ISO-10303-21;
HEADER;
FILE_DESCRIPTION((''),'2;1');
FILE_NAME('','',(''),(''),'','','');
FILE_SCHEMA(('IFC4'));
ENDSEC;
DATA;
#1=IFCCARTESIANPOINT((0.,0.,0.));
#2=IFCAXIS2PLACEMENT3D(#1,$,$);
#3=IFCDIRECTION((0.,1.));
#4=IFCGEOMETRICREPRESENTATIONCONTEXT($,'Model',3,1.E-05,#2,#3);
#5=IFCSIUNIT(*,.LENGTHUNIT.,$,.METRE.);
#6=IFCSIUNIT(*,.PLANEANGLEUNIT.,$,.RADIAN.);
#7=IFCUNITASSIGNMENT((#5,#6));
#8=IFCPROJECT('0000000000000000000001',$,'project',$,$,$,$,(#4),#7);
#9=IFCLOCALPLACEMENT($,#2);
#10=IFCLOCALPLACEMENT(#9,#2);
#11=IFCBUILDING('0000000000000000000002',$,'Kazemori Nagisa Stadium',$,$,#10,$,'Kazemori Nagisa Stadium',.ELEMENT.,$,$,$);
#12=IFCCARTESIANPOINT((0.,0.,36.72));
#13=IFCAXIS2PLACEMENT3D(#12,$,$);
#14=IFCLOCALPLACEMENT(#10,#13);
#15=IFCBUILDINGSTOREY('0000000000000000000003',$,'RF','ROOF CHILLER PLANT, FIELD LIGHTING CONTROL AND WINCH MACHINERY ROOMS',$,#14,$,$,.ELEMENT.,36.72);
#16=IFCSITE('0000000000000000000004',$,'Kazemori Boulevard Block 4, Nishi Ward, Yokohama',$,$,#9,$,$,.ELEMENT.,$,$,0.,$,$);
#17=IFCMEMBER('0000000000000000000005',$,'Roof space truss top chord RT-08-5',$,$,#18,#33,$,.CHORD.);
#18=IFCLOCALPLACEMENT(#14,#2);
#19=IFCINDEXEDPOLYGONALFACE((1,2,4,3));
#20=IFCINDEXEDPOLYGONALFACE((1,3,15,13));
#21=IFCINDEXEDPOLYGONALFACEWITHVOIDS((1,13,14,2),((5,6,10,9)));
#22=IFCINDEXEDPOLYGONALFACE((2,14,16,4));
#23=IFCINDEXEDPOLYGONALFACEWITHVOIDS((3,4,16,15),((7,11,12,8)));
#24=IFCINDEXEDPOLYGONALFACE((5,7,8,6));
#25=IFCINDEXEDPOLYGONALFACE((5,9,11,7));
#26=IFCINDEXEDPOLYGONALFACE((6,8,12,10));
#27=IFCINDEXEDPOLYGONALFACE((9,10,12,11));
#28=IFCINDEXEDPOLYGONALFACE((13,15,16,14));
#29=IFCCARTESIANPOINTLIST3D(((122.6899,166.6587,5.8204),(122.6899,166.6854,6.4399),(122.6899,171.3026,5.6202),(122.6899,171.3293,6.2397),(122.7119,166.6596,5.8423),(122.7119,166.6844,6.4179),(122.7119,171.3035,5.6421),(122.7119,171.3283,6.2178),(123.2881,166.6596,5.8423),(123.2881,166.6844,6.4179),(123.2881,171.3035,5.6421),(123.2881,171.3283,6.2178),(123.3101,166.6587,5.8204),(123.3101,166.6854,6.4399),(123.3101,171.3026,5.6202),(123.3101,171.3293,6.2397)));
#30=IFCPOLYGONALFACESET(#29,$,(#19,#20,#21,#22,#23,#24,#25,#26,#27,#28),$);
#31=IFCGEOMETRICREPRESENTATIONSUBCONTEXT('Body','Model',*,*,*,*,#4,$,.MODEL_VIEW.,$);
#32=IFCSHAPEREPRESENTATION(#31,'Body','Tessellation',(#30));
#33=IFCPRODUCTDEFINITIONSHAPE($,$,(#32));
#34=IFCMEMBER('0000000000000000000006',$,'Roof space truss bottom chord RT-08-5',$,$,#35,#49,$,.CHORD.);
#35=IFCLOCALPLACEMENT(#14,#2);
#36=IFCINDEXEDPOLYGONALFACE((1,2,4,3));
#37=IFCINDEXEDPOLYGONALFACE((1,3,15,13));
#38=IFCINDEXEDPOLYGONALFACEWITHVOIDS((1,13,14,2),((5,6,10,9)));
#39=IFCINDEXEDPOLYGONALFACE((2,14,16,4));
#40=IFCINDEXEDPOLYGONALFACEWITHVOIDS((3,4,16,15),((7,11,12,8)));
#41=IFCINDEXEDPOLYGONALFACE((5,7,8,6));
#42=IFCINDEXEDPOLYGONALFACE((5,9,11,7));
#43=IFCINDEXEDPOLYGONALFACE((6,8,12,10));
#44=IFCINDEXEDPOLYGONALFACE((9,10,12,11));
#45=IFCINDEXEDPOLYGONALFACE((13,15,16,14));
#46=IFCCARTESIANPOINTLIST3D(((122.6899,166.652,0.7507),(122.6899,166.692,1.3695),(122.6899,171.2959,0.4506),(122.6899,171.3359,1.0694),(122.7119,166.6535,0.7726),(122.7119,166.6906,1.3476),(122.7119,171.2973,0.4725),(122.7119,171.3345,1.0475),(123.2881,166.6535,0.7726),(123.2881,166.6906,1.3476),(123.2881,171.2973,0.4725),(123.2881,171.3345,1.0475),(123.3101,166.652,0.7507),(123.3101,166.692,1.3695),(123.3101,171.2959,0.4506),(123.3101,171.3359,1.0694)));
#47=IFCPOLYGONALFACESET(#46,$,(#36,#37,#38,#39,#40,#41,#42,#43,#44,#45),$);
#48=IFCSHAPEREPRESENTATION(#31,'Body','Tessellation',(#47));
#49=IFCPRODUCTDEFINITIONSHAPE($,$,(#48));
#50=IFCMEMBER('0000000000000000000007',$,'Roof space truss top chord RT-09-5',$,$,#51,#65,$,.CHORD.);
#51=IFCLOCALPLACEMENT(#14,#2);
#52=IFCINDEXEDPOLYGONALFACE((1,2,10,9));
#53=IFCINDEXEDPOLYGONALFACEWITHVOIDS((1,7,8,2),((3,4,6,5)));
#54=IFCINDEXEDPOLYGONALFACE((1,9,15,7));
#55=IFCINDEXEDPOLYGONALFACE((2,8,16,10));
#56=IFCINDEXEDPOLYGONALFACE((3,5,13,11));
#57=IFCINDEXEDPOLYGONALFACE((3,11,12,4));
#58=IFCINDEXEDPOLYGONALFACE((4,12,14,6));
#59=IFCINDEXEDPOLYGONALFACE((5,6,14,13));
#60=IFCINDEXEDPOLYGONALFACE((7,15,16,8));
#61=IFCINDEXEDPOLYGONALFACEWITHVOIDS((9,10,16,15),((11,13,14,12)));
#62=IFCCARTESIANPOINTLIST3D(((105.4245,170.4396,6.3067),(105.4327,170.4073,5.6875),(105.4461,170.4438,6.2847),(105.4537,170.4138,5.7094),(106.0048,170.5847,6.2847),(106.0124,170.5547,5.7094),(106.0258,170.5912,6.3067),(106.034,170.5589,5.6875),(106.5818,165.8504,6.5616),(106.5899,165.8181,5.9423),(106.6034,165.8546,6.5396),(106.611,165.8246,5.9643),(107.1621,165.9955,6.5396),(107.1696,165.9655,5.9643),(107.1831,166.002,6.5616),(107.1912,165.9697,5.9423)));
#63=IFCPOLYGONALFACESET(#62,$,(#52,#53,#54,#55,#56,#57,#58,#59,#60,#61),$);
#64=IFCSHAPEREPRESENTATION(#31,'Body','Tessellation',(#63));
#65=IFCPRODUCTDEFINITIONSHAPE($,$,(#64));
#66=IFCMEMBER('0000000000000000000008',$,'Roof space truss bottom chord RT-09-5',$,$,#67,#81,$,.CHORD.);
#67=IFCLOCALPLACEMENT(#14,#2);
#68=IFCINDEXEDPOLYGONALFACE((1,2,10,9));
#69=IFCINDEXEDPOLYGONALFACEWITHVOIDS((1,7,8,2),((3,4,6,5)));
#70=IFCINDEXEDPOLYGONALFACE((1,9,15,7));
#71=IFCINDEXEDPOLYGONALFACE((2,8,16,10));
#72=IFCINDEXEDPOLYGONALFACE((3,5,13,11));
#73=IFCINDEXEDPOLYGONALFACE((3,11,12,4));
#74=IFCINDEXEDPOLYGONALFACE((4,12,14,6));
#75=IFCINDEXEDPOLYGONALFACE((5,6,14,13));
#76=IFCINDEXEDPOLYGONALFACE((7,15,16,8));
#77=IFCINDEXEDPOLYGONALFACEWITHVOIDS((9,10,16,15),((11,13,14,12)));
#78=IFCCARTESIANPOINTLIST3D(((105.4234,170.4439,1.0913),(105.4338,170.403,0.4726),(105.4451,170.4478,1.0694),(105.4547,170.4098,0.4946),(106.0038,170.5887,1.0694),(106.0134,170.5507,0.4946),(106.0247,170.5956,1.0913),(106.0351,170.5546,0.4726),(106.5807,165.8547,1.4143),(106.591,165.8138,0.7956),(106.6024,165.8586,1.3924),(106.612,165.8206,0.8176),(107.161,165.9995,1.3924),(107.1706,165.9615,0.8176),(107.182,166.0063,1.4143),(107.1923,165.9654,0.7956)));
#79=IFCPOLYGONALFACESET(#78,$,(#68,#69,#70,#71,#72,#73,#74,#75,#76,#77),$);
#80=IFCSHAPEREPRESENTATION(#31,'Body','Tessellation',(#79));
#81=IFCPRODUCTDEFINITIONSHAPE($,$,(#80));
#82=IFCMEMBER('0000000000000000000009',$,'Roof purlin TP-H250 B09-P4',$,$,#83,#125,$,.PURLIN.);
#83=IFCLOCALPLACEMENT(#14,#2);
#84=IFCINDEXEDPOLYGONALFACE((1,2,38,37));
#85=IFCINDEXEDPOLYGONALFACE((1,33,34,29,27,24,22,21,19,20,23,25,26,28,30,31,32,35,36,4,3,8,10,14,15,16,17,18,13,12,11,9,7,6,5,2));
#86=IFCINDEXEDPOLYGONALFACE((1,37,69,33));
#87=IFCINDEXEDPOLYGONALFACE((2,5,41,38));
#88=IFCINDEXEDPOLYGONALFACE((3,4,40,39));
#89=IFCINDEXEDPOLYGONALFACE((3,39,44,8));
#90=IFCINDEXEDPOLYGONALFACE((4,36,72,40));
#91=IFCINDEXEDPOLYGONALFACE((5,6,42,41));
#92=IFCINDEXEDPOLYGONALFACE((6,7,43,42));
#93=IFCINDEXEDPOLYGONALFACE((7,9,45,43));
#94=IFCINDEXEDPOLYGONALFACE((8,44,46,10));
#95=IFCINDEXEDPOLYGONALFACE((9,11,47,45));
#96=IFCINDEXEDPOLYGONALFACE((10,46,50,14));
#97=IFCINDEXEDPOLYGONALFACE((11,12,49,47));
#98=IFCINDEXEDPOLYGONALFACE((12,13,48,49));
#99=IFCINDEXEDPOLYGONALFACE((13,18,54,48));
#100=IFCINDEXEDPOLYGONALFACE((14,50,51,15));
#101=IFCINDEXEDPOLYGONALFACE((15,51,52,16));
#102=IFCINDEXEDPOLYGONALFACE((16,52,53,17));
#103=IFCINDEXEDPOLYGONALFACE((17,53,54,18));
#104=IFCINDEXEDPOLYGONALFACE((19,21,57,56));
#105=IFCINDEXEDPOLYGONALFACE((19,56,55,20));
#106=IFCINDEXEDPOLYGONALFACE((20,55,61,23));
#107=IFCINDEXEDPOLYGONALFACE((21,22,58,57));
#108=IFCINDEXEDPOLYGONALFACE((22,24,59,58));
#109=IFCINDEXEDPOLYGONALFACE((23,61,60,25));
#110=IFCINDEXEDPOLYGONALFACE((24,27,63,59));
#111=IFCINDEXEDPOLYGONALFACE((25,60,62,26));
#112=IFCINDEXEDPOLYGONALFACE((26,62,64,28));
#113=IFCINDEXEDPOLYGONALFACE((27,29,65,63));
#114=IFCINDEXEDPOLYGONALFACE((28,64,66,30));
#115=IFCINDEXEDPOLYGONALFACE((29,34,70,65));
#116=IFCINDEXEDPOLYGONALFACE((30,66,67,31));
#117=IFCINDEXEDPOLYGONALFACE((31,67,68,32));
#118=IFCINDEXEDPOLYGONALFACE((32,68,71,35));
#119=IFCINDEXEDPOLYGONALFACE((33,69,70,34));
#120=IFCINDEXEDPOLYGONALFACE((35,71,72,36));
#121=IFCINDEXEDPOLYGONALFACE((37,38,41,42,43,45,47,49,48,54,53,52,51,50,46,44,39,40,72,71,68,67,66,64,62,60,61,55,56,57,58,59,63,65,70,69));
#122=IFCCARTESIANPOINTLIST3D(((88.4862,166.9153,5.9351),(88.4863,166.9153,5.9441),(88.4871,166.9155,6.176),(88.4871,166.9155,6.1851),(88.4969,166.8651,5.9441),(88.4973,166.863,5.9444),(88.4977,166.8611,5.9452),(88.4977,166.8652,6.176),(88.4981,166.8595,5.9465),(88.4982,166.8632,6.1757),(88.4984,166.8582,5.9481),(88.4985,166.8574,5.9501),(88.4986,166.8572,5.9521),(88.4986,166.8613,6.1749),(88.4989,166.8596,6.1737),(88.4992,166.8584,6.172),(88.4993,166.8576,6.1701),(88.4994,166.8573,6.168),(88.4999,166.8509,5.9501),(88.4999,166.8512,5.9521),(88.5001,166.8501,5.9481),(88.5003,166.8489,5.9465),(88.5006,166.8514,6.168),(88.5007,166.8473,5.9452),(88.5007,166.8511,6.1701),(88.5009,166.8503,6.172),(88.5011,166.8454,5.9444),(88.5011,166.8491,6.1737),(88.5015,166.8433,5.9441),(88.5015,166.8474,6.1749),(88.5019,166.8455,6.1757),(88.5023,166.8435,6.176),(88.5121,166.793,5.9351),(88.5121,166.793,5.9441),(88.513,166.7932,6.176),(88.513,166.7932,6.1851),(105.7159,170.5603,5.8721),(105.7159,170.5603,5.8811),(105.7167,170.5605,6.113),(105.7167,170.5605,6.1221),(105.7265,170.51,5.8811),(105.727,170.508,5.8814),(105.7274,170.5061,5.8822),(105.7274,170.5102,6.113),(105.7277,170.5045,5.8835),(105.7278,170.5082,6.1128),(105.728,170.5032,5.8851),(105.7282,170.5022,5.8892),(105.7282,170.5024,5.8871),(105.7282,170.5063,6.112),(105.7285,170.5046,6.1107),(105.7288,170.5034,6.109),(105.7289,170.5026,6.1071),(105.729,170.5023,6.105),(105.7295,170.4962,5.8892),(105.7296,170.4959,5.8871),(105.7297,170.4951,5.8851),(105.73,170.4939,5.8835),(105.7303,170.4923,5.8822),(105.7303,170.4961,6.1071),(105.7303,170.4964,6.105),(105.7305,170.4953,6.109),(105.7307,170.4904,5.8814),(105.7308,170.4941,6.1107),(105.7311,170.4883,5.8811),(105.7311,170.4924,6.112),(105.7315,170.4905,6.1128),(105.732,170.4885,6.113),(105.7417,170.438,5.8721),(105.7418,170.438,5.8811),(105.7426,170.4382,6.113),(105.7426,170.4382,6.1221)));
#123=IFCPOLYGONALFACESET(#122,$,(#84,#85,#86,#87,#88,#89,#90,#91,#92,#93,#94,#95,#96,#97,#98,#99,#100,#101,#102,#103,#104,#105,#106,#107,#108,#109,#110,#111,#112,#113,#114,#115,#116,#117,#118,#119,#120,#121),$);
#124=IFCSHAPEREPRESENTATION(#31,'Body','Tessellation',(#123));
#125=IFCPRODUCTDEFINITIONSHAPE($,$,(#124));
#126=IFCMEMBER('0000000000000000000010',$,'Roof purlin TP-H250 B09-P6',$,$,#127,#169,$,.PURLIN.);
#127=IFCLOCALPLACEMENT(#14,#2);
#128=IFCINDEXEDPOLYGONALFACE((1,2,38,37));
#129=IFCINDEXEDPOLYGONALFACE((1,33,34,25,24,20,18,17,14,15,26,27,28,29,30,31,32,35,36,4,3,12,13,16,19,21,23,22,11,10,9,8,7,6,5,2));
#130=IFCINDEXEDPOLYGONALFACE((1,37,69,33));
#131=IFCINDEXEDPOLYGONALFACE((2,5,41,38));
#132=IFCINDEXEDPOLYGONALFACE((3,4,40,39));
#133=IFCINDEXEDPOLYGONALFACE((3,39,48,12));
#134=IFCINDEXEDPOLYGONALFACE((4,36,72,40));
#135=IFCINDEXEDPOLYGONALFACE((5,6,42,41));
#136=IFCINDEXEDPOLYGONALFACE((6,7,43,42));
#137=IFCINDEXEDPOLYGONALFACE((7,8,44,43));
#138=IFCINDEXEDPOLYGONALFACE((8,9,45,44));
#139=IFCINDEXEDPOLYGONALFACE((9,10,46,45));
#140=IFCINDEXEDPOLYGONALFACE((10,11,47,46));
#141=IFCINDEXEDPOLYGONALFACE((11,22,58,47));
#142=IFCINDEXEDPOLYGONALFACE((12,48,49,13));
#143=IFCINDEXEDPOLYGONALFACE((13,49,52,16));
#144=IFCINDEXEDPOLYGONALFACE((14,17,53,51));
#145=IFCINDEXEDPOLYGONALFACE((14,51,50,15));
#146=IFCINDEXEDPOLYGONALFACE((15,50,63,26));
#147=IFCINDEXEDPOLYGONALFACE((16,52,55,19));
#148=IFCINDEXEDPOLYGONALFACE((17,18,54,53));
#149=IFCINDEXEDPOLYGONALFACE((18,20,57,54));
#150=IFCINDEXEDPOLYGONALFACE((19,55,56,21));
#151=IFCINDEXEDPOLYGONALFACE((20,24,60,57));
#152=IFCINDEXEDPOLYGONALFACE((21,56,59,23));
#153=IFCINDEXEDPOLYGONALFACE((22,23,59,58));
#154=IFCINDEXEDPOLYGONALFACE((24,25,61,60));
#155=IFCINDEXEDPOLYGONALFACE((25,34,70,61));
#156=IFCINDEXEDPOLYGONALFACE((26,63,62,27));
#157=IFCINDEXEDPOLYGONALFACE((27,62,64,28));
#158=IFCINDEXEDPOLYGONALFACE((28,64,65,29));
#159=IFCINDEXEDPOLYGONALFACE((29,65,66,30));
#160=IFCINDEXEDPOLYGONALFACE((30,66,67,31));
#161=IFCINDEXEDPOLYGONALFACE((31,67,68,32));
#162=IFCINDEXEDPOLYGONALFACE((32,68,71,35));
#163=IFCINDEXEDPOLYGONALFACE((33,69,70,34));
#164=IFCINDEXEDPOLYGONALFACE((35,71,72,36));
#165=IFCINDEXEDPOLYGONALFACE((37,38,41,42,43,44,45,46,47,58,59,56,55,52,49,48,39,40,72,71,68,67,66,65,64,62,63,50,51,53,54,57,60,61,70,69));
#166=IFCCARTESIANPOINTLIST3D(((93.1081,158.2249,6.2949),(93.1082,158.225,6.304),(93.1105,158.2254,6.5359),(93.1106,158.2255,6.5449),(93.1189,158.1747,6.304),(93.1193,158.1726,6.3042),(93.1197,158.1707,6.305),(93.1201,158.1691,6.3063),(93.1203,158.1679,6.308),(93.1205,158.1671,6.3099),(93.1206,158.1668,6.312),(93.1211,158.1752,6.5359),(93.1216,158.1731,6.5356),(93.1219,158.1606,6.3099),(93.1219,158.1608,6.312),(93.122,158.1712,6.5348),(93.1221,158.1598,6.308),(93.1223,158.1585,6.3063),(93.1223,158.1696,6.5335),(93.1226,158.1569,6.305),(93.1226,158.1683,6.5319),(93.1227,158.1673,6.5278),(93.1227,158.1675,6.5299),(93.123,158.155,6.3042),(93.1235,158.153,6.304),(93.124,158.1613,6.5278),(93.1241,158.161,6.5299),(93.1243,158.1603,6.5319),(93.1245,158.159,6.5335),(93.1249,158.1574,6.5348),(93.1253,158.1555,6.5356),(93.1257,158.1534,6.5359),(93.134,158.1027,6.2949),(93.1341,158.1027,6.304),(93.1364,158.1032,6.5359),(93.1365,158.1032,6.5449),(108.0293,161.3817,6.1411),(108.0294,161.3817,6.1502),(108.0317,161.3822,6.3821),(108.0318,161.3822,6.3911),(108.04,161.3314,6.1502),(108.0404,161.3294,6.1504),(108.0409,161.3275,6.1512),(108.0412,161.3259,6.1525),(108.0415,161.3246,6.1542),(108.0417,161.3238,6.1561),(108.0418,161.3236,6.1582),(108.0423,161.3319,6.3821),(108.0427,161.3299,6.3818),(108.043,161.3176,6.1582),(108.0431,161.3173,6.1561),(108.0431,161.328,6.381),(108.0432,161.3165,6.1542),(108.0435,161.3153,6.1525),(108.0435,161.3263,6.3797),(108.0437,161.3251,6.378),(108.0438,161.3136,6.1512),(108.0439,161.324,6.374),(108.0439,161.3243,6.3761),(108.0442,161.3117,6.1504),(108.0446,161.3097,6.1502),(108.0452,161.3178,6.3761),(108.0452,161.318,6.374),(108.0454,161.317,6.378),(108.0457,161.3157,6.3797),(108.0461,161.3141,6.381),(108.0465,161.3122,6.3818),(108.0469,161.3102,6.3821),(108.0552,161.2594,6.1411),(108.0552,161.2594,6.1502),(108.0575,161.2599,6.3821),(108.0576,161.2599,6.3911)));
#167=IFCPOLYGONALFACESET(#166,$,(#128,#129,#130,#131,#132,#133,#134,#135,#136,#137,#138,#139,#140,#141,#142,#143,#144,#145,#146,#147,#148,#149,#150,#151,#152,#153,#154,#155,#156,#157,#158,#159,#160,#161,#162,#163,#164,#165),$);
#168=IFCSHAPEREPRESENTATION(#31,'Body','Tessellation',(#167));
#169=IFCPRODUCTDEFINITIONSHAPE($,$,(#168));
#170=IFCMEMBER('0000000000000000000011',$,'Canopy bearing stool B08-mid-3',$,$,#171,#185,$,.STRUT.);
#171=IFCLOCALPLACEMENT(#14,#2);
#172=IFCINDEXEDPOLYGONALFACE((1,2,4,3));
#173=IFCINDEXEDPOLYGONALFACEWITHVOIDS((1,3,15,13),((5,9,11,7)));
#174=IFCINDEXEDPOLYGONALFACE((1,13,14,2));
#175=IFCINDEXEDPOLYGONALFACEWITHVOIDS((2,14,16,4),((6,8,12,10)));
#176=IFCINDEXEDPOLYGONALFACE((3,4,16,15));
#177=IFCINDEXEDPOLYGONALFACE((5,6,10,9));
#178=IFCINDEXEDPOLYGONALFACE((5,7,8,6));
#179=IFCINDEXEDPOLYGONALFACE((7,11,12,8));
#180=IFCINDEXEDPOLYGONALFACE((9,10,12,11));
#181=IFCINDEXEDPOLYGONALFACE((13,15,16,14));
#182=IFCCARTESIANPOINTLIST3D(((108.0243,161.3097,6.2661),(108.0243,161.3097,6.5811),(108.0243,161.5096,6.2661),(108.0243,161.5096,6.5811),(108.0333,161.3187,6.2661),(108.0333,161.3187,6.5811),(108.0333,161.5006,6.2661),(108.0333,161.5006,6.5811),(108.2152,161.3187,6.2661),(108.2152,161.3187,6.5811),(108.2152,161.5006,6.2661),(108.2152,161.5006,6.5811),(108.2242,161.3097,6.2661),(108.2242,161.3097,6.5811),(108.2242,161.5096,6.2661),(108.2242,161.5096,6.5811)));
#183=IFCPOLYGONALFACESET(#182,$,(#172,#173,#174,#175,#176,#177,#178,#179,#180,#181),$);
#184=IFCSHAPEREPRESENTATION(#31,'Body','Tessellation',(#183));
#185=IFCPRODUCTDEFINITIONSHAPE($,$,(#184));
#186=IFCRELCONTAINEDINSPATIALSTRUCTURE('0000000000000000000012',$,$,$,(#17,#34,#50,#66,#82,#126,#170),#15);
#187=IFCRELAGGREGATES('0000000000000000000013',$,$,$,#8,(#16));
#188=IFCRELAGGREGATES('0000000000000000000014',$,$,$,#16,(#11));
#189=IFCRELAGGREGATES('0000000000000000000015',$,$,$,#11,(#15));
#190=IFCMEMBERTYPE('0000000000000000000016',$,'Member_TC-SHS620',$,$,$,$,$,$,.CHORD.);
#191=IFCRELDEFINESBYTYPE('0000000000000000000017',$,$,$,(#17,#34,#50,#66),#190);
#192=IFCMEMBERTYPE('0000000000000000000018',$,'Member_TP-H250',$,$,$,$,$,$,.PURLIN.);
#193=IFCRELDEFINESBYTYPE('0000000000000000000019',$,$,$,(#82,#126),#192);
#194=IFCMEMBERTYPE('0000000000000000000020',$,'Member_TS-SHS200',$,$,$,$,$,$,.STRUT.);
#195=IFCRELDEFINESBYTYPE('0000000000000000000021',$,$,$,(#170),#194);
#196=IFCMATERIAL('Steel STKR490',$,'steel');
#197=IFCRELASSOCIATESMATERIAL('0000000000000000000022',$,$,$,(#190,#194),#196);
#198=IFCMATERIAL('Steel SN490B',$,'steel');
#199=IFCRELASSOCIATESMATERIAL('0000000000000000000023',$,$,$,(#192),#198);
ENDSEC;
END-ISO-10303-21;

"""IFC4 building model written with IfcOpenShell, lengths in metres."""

from ifc_helpers import new_model, si_unit, direction, frame, origin, origin_2d, place, context, subcontext, project, spatial, hollow_rectangle, i_section, extrude, material, material_profile, profile_set, type_object, element, save


model = new_model("IFC4")

# Units and contexts
model_context = context("Model", 3, precision=1e-05, world=origin(), true_north=direction((0.0, 1.0)))
body_context = subcontext(model_context, "Body", "Model", "MODEL_VIEW")
ifc_project = project(units=[si_unit("LENGTHUNIT", "METRE"), si_unit("PLANEANGLEUNIT", "RADIAN")], contexts=[model_context])

# Site, building, storey
site_placement = place(None, origin())
site = spatial("IfcSite", under=ifc_project, at=site_placement, Name="Kazemori Boulevard Block 4, Nishi Ward, Yokohama", CompositionType="ELEMENT", RefElevation=0.0)
building_placement = place(site_placement, origin())
building = spatial("IfcBuilding", under=site, at=building_placement, Name="Kazemori Nagisa Stadium", LongName="Kazemori Nagisa Stadium", CompositionType="ELEMENT")
storey_placement = place(building_placement, frame((0.0, 0.0, 36.72)))
storey = spatial("IfcBuildingStorey", under=building, at=storey_placement, Name="RF", Description="ROOF CHILLER PLANT, FIELD LIGHTING CONTROL AND WINCH MACHINERY ROOMS", CompositionType="ELEMENT", Elevation=36.72)

# Shared definitions
ifc_material_1 = material(Name="Steel SN490B", Category="steel")

# Members
ifc_material_2 = material(Name="Steel STKR490", Category="steel")
ifc_material_profile_1 = material_profile(ifc_material_2, hollow_rectangle(XDim=0.6201, YDim=0.6201, WallThickness=0.022, at=origin_2d()), Name="SHS-620x620x22")
ifc_profile_set_1 = profile_set([ifc_material_profile_1], Name="Steel STKR490")
member_type_1 = type_object("IfcMemberType", Name="Member_TC-SHS620", PredefinedType="CHORD", material=ifc_profile_set_1)
member_1_placement = place(storey_placement, frame((123.0, 171.3159, 5.9299), z_axis=(0.0, -0.999072, 0.04307), x_axis=(1.0, 0.0, 0.0)))
element("IfcMember", 1, at=member_1_placement, inside=storey, type_object=member_type_1, Name="Roof space truss top chord RT-08-5", PredefinedType="CHORD", context=body_context, shape_type="SweptSolid", body=[
    extrude(hollow_rectangle(XDim=0.6201, YDim=0.6201, WallThickness=0.022, at=origin_2d()), origin(), (0.0, 0.0, 1.0), 4.6482),
])
member_2_placement = place(storey_placement, frame((123.0, 171.3159, 0.76), z_axis=(0.0, -0.997919, 0.064478), x_axis=(1.0, 0.0, 0.0)))
element("IfcMember", 2, at=member_2_placement, inside=storey, type_object=member_type_1, Name="Roof space truss bottom chord RT-08-5", PredefinedType="CHORD", context=body_context, shape_type="SweptSolid", body=[
    extrude(hollow_rectangle(XDim=0.6201, YDim=0.6201, WallThickness=0.022, at=origin_2d()), origin(), (0.0, 0.0, 1.0), 4.6536),
])
member_3_placement = place(storey_placement, frame((105.7292, 170.4993, 5.9971), z_axis=(0.24416, -0.968243, 0.053777), x_axis=(0.969646, 0.244514, 0.0)))
element("IfcMember", 3, at=member_3_placement, inside=storey, type_object=member_type_1, Name="Roof space truss top chord RT-09-5", PredefinedType="CHORD", context=body_context, shape_type="SweptSolid", body=[
    extrude(hollow_rectangle(XDim=0.6201, YDim=0.6201, WallThickness=0.022, at=origin_2d()), origin(), (0.0, 0.0, 1.0), 4.7397),
])
member_4_placement = place(storey_placement, frame((105.7292, 170.4993, 0.782), z_axis=(0.243946, -0.967396, 0.068089), x_axis=(0.969646, 0.244514, 0.0)))
element("IfcMember", 4, at=member_4_placement, inside=storey, type_object=member_type_1, Name="Roof space truss bottom chord RT-09-5", PredefinedType="CHORD", context=body_context, shape_type="SweptSolid", body=[
    extrude(hollow_rectangle(XDim=0.6201, YDim=0.6201, WallThickness=0.022, at=origin_2d()), origin(), (0.0, 0.0, 1.0), 4.7439),
])
ifc_material_profile_2 = material_profile(ifc_material_1, i_section(OverallWidth=0.125, OverallDepth=0.25, WebThickness=0.0061, FlangeThickness=0.009, FilletRadius=0.0081, at=origin_2d()), Name="H-250x125x6x9")
ifc_profile_set_2 = profile_set([ifc_material_profile_2], Name="Steel SN490B")
member_type_2 = type_object("IfcMemberType", Name="Member_TP-H250", PredefinedType="PURLIN", material=ifc_profile_set_2)
member_5_placement = place(storey_placement, frame((105.7292, 170.4993, 5.9971), z_axis=(-0.97834, -0.206972, 0.003577), x_axis=(0.206973, -0.978347, 0.0)))
element("IfcMember", 5, at=member_5_placement, inside=storey, type_object=member_type_2, Name="Roof purlin TP-H250 B09-P4", PredefinedType="PURLIN", context=body_context, shape_type="SweptSolid", body=[
    extrude(i_section(OverallWidth=0.125, OverallDepth=0.25, WebThickness=0.0061, FlangeThickness=0.009, FilletRadius=0.0081, at=origin_2d()), origin(), (0.0, 0.0, 1.0), 17.6111),
])
member_6_placement = place(storey_placement, frame((108.0435, 161.3208, 6.2661), z_axis=(-0.978295, -0.20697, 0.010084), x_axis=(0.20698, -0.978345, 0.0)))
element("IfcMember", 6, at=member_6_placement, inside=storey, type_object=member_type_2, Name="Roof purlin TP-H250 B09-P6", PredefinedType="PURLIN", context=body_context, shape_type="SweptSolid", body=[
    extrude(i_section(OverallWidth=0.125, OverallDepth=0.25, WebThickness=0.0061, FlangeThickness=0.009, FilletRadius=0.0081, at=origin_2d()), origin(), (0.0, 0.0, 1.0), 15.2522),
])
ifc_material_profile_3 = material_profile(ifc_material_2, hollow_rectangle(XDim=0.2, YDim=0.2, WallThickness=0.009, at=origin_2d()), Name="SHS-200x200x9")
ifc_profile_set_3 = profile_set([ifc_material_profile_3], Name="Steel STKR490")
member_type_3 = type_object("IfcMemberType", Name="Member_TS-SHS200", PredefinedType="STRUT", material=ifc_profile_set_3)
member_7_placement = place(storey_placement, frame((108.1243, 161.4097, 6.2661), z_axis=(0.0, 0.0, 1.0), x_axis=(1.0, 0.0, 0.0)))
element("IfcMember", 7, at=member_7_placement, inside=storey, type_object=member_type_3, Name="Canopy bearing stool B08-mid-3", PredefinedType="STRUT", context=body_context, shape_type="SweptSolid", body=[
    extrude(hollow_rectangle(XDim=0.2, YDim=0.2, WallThickness=0.009, at=origin_2d()), origin(), (0.0, 0.0, 1.0), 0.3149),
])

save(model, "model.ifc")
